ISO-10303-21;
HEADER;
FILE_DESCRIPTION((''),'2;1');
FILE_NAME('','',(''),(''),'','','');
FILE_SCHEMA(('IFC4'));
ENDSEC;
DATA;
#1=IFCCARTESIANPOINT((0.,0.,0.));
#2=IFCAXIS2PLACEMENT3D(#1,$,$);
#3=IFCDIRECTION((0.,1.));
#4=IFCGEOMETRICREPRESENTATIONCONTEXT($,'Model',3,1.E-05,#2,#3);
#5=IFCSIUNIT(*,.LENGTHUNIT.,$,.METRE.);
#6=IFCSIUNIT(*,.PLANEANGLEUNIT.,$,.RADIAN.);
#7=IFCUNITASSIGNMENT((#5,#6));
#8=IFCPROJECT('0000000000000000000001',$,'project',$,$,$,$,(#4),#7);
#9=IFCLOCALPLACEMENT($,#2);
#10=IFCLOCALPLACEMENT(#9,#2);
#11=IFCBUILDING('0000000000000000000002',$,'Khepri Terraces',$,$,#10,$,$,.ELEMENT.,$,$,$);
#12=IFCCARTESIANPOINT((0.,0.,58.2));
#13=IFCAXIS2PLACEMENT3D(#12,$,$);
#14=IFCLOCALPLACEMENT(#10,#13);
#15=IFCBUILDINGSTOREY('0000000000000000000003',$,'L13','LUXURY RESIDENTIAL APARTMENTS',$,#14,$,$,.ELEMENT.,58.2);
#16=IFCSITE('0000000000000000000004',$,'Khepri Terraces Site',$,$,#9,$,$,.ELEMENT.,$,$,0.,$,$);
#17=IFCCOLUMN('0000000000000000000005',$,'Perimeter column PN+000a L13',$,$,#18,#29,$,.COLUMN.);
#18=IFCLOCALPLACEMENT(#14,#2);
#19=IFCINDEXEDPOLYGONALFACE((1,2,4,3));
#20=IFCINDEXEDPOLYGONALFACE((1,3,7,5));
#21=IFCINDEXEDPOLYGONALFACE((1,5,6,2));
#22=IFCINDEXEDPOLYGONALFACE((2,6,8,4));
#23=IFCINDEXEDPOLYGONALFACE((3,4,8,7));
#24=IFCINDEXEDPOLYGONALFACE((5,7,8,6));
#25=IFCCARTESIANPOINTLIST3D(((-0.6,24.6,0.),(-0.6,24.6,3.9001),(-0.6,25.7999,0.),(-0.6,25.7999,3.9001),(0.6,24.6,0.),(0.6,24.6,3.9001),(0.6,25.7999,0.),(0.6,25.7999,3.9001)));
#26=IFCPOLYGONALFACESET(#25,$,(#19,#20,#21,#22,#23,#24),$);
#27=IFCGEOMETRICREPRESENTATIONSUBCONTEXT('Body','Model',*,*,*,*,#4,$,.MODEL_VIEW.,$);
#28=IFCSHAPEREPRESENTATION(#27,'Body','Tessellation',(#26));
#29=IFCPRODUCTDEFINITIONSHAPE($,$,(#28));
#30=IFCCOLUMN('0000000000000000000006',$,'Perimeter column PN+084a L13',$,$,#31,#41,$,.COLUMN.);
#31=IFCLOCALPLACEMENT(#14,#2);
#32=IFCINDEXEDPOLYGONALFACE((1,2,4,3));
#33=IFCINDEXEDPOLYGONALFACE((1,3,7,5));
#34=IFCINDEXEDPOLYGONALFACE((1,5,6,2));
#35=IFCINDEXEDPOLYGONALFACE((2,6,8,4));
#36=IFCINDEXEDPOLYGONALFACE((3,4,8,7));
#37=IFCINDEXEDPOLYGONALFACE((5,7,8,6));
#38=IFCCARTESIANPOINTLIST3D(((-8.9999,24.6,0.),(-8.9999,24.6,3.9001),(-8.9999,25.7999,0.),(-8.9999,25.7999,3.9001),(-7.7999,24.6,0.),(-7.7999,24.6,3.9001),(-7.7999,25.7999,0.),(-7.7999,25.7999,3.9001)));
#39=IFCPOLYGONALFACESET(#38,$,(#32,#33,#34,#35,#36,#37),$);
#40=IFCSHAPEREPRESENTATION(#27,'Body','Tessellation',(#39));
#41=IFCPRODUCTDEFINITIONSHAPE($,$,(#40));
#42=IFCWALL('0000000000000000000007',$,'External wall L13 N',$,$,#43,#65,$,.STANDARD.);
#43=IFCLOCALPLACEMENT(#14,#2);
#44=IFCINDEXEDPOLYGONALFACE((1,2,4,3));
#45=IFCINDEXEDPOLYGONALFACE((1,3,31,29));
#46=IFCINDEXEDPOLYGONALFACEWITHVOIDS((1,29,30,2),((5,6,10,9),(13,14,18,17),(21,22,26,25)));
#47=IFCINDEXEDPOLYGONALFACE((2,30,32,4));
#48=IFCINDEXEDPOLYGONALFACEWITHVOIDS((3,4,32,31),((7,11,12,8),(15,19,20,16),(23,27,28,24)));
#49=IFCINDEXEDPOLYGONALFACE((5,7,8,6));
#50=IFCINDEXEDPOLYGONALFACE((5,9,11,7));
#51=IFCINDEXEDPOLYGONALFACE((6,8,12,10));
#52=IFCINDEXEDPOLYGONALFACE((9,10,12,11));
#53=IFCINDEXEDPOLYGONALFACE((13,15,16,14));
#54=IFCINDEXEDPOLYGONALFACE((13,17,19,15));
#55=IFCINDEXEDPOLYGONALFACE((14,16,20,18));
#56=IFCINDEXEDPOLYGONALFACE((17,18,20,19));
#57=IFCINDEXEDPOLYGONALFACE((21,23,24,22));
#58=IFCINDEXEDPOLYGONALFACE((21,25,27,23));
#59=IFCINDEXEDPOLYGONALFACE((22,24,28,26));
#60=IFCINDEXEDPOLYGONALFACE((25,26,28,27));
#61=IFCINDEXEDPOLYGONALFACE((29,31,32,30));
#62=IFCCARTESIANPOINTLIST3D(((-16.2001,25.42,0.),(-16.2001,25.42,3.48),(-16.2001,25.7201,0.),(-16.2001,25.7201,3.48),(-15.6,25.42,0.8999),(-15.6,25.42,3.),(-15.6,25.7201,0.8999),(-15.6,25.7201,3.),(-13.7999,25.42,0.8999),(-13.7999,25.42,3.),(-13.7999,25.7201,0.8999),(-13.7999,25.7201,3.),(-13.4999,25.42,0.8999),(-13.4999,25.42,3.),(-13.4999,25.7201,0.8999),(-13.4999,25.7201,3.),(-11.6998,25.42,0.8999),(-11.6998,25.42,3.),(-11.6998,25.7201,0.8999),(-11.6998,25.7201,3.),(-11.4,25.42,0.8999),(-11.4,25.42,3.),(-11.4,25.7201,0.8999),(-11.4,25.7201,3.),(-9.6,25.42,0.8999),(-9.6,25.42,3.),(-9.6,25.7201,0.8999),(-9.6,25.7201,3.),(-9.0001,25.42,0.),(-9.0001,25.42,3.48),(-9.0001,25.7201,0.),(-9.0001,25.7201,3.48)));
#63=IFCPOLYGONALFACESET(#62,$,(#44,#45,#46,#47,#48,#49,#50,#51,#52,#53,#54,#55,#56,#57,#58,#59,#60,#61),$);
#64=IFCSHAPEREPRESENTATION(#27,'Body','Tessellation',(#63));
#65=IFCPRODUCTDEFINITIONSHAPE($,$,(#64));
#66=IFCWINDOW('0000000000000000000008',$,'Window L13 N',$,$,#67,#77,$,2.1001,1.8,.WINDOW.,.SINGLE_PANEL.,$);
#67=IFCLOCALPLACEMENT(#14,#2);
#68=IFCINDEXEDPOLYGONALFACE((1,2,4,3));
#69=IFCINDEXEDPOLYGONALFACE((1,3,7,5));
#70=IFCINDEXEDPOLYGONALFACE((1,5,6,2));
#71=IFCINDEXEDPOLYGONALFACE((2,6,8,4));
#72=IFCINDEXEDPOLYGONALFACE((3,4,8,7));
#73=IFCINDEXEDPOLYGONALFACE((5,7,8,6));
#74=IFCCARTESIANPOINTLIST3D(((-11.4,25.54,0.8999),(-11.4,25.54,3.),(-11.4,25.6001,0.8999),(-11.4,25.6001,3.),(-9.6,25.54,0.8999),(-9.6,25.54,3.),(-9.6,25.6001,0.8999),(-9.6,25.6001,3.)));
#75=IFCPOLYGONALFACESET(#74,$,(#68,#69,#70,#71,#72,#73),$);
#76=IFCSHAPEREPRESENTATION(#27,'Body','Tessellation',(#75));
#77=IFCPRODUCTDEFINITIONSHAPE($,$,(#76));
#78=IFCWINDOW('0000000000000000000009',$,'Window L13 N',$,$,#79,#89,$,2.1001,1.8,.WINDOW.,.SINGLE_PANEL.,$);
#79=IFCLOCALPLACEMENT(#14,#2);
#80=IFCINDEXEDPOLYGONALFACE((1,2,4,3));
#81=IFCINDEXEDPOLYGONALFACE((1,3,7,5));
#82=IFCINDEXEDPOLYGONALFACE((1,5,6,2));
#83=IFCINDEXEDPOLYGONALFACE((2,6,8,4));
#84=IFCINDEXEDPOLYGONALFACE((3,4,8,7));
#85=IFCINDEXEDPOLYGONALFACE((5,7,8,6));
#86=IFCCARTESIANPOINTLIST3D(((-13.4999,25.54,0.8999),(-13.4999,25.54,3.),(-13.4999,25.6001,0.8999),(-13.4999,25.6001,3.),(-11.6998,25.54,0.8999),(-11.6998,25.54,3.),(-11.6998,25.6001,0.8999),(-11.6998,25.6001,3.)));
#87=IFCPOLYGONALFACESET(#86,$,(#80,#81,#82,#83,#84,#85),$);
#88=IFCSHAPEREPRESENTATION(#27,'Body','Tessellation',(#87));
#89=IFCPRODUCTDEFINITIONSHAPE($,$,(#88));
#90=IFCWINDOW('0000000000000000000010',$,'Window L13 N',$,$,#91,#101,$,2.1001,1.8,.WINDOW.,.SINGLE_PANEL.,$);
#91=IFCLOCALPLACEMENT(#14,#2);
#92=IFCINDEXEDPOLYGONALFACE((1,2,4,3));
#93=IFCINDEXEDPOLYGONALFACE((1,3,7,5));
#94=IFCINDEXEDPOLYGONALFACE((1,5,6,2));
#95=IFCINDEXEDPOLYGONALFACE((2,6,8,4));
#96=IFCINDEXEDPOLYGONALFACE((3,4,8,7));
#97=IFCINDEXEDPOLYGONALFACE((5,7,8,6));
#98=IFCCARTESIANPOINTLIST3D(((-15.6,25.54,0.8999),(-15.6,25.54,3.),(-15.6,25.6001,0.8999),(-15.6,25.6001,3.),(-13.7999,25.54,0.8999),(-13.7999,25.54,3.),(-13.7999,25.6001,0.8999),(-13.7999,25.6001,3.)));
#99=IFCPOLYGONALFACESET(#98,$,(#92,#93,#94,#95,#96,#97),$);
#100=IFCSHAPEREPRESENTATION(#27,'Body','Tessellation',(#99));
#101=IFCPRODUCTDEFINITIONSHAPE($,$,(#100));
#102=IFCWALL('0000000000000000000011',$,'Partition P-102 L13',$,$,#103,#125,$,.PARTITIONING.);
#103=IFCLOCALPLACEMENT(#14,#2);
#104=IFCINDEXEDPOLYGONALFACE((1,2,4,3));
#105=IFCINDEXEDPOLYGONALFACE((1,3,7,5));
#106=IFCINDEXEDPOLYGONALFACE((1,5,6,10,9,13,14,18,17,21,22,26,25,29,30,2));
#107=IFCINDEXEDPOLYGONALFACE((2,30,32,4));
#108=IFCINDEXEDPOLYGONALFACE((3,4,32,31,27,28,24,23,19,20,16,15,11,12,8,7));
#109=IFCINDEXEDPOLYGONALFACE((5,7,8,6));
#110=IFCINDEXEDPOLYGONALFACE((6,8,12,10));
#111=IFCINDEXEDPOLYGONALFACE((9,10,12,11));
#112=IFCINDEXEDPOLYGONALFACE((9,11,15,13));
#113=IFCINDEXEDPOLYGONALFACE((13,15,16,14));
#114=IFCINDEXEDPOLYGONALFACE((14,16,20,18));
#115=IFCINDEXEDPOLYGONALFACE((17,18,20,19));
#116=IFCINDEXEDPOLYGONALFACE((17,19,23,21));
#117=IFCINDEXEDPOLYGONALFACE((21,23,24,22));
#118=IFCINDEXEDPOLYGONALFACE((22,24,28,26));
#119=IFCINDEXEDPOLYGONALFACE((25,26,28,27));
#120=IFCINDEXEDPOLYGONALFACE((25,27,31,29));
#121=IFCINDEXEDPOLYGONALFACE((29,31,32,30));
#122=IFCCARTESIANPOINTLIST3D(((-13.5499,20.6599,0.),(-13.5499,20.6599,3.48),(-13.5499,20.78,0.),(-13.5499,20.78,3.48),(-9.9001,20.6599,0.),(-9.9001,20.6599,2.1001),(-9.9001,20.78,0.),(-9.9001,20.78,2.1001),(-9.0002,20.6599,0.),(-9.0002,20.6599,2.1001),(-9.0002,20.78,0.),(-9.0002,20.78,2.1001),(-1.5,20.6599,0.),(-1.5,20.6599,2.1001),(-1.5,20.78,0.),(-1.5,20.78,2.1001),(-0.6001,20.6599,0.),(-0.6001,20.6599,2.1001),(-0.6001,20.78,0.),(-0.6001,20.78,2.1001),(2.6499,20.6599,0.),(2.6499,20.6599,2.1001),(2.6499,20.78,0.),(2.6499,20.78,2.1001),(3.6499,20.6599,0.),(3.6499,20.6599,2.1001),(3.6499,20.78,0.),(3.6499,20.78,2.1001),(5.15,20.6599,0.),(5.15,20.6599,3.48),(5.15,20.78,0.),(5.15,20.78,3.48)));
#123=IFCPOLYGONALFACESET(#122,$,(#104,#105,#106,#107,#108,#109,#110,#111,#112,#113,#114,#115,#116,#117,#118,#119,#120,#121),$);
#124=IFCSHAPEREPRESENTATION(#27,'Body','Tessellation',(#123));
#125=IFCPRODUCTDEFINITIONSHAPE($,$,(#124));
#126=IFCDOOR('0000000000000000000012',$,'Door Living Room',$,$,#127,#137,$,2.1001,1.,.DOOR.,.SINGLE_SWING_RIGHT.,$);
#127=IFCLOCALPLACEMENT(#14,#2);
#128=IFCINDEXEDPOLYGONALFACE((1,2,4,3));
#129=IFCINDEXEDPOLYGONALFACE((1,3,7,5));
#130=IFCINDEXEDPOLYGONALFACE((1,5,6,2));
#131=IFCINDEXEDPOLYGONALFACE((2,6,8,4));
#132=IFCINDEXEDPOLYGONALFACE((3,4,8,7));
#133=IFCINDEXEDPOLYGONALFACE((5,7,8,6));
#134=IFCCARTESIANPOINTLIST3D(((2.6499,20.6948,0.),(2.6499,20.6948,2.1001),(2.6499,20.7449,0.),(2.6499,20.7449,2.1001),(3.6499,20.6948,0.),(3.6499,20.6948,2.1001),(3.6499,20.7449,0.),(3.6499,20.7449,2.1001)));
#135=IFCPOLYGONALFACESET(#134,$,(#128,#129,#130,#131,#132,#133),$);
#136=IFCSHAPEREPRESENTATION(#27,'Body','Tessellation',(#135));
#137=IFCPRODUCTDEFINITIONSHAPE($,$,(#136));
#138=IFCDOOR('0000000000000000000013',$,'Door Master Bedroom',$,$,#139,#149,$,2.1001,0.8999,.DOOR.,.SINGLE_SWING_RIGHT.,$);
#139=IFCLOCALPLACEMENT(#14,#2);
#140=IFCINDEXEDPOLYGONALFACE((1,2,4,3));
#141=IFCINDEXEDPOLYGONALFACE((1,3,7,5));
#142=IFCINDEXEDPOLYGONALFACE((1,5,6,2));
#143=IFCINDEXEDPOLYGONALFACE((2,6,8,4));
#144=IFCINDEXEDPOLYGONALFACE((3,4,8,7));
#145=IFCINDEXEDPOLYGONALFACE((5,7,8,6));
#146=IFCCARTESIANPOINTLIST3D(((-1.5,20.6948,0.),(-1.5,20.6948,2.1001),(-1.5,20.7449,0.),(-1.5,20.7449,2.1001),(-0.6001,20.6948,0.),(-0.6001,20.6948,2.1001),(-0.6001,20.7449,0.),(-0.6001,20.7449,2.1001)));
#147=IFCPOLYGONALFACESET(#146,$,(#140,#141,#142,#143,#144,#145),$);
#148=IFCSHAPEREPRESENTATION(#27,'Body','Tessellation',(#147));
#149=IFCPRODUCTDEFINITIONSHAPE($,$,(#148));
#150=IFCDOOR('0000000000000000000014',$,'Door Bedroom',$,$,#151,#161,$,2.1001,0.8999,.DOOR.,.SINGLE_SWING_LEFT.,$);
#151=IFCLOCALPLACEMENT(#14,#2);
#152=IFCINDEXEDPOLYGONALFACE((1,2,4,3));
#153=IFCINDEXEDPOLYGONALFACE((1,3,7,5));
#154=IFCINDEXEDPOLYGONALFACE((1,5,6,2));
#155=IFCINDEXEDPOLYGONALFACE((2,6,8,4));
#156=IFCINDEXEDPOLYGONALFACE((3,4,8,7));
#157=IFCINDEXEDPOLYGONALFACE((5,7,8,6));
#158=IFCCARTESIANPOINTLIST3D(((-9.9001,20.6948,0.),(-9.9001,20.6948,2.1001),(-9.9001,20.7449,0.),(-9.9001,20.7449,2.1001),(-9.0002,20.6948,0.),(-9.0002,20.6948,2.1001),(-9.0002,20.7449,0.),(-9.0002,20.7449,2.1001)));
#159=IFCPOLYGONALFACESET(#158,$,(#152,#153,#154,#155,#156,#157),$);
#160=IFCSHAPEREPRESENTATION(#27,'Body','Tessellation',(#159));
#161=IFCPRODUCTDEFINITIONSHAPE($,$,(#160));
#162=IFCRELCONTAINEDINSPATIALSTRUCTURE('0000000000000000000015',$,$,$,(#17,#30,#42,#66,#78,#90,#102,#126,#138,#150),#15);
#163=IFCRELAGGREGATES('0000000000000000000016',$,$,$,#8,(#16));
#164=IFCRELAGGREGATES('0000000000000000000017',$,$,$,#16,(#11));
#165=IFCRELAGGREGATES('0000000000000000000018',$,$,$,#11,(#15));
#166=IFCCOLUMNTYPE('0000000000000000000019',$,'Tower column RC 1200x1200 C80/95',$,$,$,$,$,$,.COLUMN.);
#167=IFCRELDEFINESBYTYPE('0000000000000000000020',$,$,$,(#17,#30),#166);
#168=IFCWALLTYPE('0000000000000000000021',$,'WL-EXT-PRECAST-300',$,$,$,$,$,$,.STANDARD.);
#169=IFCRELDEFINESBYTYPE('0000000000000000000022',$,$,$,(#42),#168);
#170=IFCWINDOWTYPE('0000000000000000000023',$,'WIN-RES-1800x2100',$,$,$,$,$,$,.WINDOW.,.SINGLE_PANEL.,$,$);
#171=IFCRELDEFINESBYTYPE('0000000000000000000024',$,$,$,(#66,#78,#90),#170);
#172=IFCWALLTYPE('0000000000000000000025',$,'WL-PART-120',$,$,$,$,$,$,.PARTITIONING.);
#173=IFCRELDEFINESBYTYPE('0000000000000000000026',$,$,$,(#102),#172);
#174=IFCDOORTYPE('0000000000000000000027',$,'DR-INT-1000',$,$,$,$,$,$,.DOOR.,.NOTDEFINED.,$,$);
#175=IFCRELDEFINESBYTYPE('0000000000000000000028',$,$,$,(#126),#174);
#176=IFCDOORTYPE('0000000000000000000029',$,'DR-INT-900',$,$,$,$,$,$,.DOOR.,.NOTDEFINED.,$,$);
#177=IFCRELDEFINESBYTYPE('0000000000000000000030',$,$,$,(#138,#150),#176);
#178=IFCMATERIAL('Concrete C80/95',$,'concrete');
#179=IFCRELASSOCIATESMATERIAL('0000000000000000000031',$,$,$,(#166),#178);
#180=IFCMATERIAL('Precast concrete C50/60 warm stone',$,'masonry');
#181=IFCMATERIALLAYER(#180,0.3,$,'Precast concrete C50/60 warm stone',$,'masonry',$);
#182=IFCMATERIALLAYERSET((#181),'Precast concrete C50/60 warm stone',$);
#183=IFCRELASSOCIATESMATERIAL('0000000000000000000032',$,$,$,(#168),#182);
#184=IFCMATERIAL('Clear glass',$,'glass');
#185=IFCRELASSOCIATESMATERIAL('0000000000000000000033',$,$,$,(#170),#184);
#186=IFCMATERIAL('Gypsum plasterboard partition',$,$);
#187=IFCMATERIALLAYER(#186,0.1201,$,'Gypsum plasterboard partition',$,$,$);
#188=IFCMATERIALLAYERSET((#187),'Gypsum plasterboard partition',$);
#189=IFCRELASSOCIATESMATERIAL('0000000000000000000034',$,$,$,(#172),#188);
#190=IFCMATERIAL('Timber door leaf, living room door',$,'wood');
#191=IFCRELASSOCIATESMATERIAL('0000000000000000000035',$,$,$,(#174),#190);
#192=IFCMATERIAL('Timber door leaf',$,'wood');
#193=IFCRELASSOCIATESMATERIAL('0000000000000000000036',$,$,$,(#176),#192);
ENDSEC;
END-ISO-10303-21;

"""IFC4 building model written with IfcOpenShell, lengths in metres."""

from ifc_helpers import new_model, si_unit, direction, frame, frame_2d, origin, origin_2d, place, context, subcontext, project, spatial, rectangle, extrude, material, layer, layer_set, material_profile, profile_set, type_object, element, fill, save


model = new_model("IFC4")

# Units and contexts
model_context = context("Model", 3, precision=1e-05, world=origin(), true_north=direction((0.0, 1.0)))
body_context = subcontext(model_context, "Body", "Model", "MODEL_VIEW")
ifc_project = project(units=[si_unit("LENGTHUNIT", "METRE"), si_unit("PLANEANGLEUNIT", "RADIAN")], contexts=[model_context])

# Site, building, storey
site_placement = place(None, origin())
site = spatial("IfcSite", under=ifc_project, at=site_placement, Name="Khepri Terraces Site", CompositionType="ELEMENT", RefElevation=0.0)
building_placement = place(site_placement, origin())
building = spatial("IfcBuilding", under=site, at=building_placement, Name="Khepri Terraces", CompositionType="ELEMENT")
storey_placement = place(building_placement, frame((0.0, 0.0, 58.2)))
storey = spatial("IfcBuildingStorey", under=building, at=storey_placement, Name="L13", Description="LUXURY RESIDENTIAL APARTMENTS", CompositionType="ELEMENT", Elevation=58.2)

# Columns
ifc_material_1 = material(Name="Concrete C80/95", Category="concrete")
ifc_material_profile = material_profile(ifc_material_1, rectangle(XDim=1.2, YDim=1.2, at=origin_2d()), Name="Concrete C80/95", Category="concrete")
ifc_profile_set = profile_set([ifc_material_profile], Name="Concrete C80/95")
column_type = type_object("IfcColumnType", Name="Tower column RC 1200x1200 C80/95", PredefinedType="COLUMN", material=ifc_profile_set)
for number, where, z_axis, x_axis, name in (
    (1, (0.0, 25.2, 0.0), (0.0, 0.0, 1.0), (1.0, 0.0, 0.0), "Perimeter column PN+000a L13"),
    (2, (-8.3999, 25.2, 0.0), (0.0, 0.0, 1.0), (1.0, 0.0, 0.0), "Perimeter column PN+084a L13"),
):
    element("IfcColumn", number, at=place(storey_placement, frame(where, z_axis=z_axis, x_axis=x_axis)), inside=storey, type_object=column_type, Name=name, PredefinedType="COLUMN", context=body_context, shape_type="SweptSolid", body=[
        extrude(rectangle(XDim=1.2, YDim=1.2, at=origin_2d()), origin(), (0.0, 0.0, 1.0), 3.9001),
    ])

# Shared definitions
ifc_material_2 = material(Name="Precast concrete C50/60 warm stone", Category="masonry")
ifc_layer_1 = layer(ifc_material_2, 0.3, Name="Precast concrete C50/60 warm stone", Category="masonry")
ifc_layer_set_1 = layer_set([ifc_layer_1], Name="Precast concrete C50/60 warm stone")
wall_type_1 = type_object("IfcWallType", Name="WL-EXT-PRECAST-300", PredefinedType="STANDARD", material=ifc_layer_set_1)
ifc_material_3 = material(Name="Clear glass", Category="glass")
window_type = type_object("IfcWindowType", Name="WIN-RES-1800x2100", PartitioningType="SINGLE_PANEL", PredefinedType="WINDOW", material=ifc_material_3)

# Wall, openings, windows
wall_1_placement = place(storey_placement, frame((-9.0, 25.5701, 0.0), z_axis=(0.0, 0.0, 1.0), x_axis=(-1.0, 0.0, 0.0)))
wall_1 = element("IfcWall", 3, at=wall_1_placement, inside=storey, type_object=wall_type_1, Name="External wall L13 N", PredefinedType="STANDARD", context=body_context, shape_type="SweptSolid", body=[
    extrude(rectangle(XDim=7.2, YDim=0.3, at=frame_2d((3.6001, 0.0))), origin(), (0.0, 0.0, 1.0), 3.48),
])
opening_1_placement = place(wall_1_placement, frame((0.6001, 0.0, 0.8999)))
opening_1 = element("IfcOpeningElement", 4, at=opening_1_placement, cuts=wall_1, PredefinedType="OPENING", context=body_context, shape_type="SweptSolid", body=[
    extrude(rectangle(XDim=1.8, YDim=2.1001, at=frame_2d((0.8999, 1.05))), frame((0.0, 0.1602, 0.0), z_axis=(0.0, -1.0, 0.0), x_axis=(1.0, 0.0, 0.0)), (0.0, 0.0, 1.0), 0.3201),
])
opening_2_placement = place(wall_1_placement, frame((2.7, 0.0, 0.8999)))
opening_2 = element("IfcOpeningElement", 5, at=opening_2_placement, cuts=wall_1, PredefinedType="OPENING", context=body_context, shape_type="SweptSolid", body=[
    extrude(rectangle(XDim=1.8, YDim=2.1001, at=frame_2d((0.8999, 1.05))), frame((0.0, 0.1602, 0.0), z_axis=(0.0, -1.0, 0.0), x_axis=(1.0, 0.0, 0.0)), (0.0, 0.0, 1.0), 0.3201),
])
opening_3_placement = place(wall_1_placement, frame((4.8, 0.0, 0.8999)))
opening_3 = element("IfcOpeningElement", 6, at=opening_3_placement, cuts=wall_1, PredefinedType="OPENING", context=body_context, shape_type="SweptSolid", body=[
    extrude(rectangle(XDim=1.8, YDim=2.1001, at=frame_2d((0.8999, 1.05))), frame((0.0, 0.1602, 0.0), z_axis=(0.0, -1.0, 0.0), x_axis=(1.0, 0.0, 0.0)), (0.0, 0.0, 1.0), 0.3201),
])
window_1_placement = place(opening_1_placement, origin())
window_1 = element("IfcWindow", 7, at=window_1_placement, inside=storey, type_object=window_type, Name="Window L13 N", OverallHeight=2.1001, OverallWidth=1.8, PartitioningType="SINGLE_PANEL", PredefinedType="WINDOW", context=body_context, shape_type="SweptSolid", body=[
    extrude(rectangle(XDim=1.8, YDim=2.1001, at=frame_2d((0.8999, 1.05))), frame((0.0, 0.03, 0.0), z_axis=(0.0, -1.0, 0.0), x_axis=(1.0, 0.0, 0.0)), (0.0, 0.0, 1.0), 0.0601),
])
fill(opening_1, window_1)
window_2_placement = place(opening_2_placement, origin())
window_2 = element("IfcWindow", 8, at=window_2_placement, inside=storey, type_object=window_type, Name="Window L13 N", OverallHeight=2.1001, OverallWidth=1.8, PartitioningType="SINGLE_PANEL", PredefinedType="WINDOW", context=body_context, shape_type="SweptSolid", body=[
    extrude(rectangle(XDim=1.8, YDim=2.1001, at=frame_2d((0.8999, 1.05))), frame((0.0, 0.03, 0.0), z_axis=(0.0, -1.0, 0.0), x_axis=(1.0, 0.0, 0.0)), (0.0, 0.0, 1.0), 0.0601),
])
fill(opening_2, window_2)
window_3_placement = place(opening_3_placement, origin())
window_3 = element("IfcWindow", 9, at=window_3_placement, inside=storey, type_object=window_type, Name="Window L13 N", OverallHeight=2.1001, OverallWidth=1.8, PartitioningType="SINGLE_PANEL", PredefinedType="WINDOW", context=body_context, shape_type="SweptSolid", body=[
    extrude(rectangle(XDim=1.8, YDim=2.1001, at=frame_2d((0.8999, 1.05))), frame((0.0, 0.03, 0.0), z_axis=(0.0, -1.0, 0.0), x_axis=(1.0, 0.0, 0.0)), (0.0, 0.0, 1.0), 0.0601),
])
fill(opening_3, window_3)

# Wall, openings, doors
ifc_material_4 = material(Name="Gypsum plasterboard partition")
ifc_layer_2 = layer(ifc_material_4, 0.1201, Name="Gypsum plasterboard partition")
ifc_layer_set_2 = layer_set([ifc_layer_2], Name="Gypsum plasterboard partition")
wall_type_2 = type_object("IfcWallType", Name="WL-PART-120", PredefinedType="PARTITIONING", material=ifc_layer_set_2)
wall_2_placement = place(storey_placement, frame((-13.55, 20.72, 0.0), z_axis=(0.0, 0.0, 1.0), x_axis=(1.0, 0.0, 0.0)))
wall_2 = element("IfcWall", 10, at=wall_2_placement, inside=storey, type_object=wall_type_2, Name="Partition P-102 L13", PredefinedType="PARTITIONING", context=body_context, shape_type="SweptSolid", body=[
    extrude(rectangle(XDim=18.7, YDim=0.1201, at=frame_2d((9.3501, 0.0))), origin(), (0.0, 0.0, 1.0), 3.48),
])
opening_4_placement = place(wall_2_placement, frame((16.2, 0.0, 0.0)))
opening_4 = element("IfcOpeningElement", 11, at=opening_4_placement, cuts=wall_2, PredefinedType="OPENING", context=body_context, shape_type="SweptSolid", body=[
    extrude(rectangle(XDim=1.0, YDim=2.1001, at=frame_2d((0.5, 1.05))), frame((0.0, 0.0701, 0.0), z_axis=(0.0, -1.0, 0.0), x_axis=(1.0, 0.0, 0.0)), (0.0, 0.0, 1.0), 0.1401),
])
opening_5_placement = place(wall_2_placement, frame((12.05, 0.0, 0.0)))
opening_5 = element("IfcOpeningElement", 12, at=opening_5_placement, cuts=wall_2, PredefinedType="OPENING", context=body_context, shape_type="SweptSolid", body=[
    extrude(rectangle(XDim=0.8999, YDim=2.1001, at=frame_2d((0.45, 1.05))), frame((0.0, 0.0701, 0.0), z_axis=(0.0, -1.0, 0.0), x_axis=(1.0, 0.0, 0.0)), (0.0, 0.0, 1.0), 0.1401),
])
opening_6_placement = place(wall_2_placement, frame((3.6499, 0.0, 0.0)))
opening_6 = element("IfcOpeningElement", 13, at=opening_6_placement, cuts=wall_2, PredefinedType="OPENING", context=body_context, shape_type="SweptSolid", body=[
    extrude(rectangle(XDim=0.8999, YDim=2.1001, at=frame_2d((0.45, 1.05))), frame((0.0, 0.0701, 0.0), z_axis=(0.0, -1.0, 0.0), x_axis=(1.0, 0.0, 0.0)), (0.0, 0.0, 1.0), 0.1401),
])
ifc_material_5 = material(Name="Timber door leaf, living room door", Category="wood")
door_type_1 = type_object("IfcDoorType", Name="DR-INT-1000", OperationType="NOTDEFINED", PredefinedType="DOOR", material=ifc_material_5)
door_1_placement = place(opening_4_placement, origin())
door_1 = element("IfcDoor", 14, at=door_1_placement, inside=storey, type_object=door_type_1, Name="Door Living Room", OperationType="SINGLE_SWING_RIGHT", OverallHeight=2.1001, OverallWidth=1.0, PredefinedType="DOOR", context=body_context, shape_type="SweptSolid", body=[
    extrude(rectangle(XDim=1.0, YDim=2.1001, at=frame_2d((0.5, 1.05))), frame((0.0, 0.0249, 0.0), z_axis=(0.0, -1.0, 0.0), x_axis=(1.0, 0.0, 0.0)), (0.0, 0.0, 1.0), 0.05),
])
fill(opening_4, door_1)
ifc_material_6 = material(Name="Timber door leaf", Category="wood")
door_type_2 = type_object("IfcDoorType", Name="DR-INT-900", OperationType="NOTDEFINED", PredefinedType="DOOR", material=ifc_material_6)
door_2_placement = place(opening_5_placement, origin())
door_2 = element("IfcDoor", 15, at=door_2_placement, inside=storey, type_object=door_type_2, Name="Door Master Bedroom", OperationType="SINGLE_SWING_RIGHT", OverallHeight=2.1001, OverallWidth=0.8999, PredefinedType="DOOR", context=body_context, shape_type="SweptSolid", body=[
    extrude(rectangle(XDim=0.8999, YDim=2.1001, at=frame_2d((0.45, 1.05))), frame((0.0, 0.0249, 0.0), z_axis=(0.0, -1.0, 0.0), x_axis=(1.0, 0.0, 0.0)), (0.0, 0.0, 1.0), 0.05),
])
fill(opening_5, door_2)
door_3_placement = place(opening_6_placement, origin())
door_3 = element("IfcDoor", 16, at=door_3_placement, inside=storey, type_object=door_type_2, Name="Door Bedroom", OperationType="SINGLE_SWING_LEFT", OverallHeight=2.1001, OverallWidth=0.8999, PredefinedType="DOOR", context=body_context, shape_type="SweptSolid", body=[
    extrude(rectangle(XDim=0.8999, YDim=2.1001, at=frame_2d((0.45, 1.05))), frame((0.0, 0.0249, 0.0), z_axis=(0.0, -1.0, 0.0), x_axis=(1.0, 0.0, 0.0)), (0.0, 0.0, 1.0), 0.05),
])
fill(opening_6, door_3)

save(model, "model.ifc")
